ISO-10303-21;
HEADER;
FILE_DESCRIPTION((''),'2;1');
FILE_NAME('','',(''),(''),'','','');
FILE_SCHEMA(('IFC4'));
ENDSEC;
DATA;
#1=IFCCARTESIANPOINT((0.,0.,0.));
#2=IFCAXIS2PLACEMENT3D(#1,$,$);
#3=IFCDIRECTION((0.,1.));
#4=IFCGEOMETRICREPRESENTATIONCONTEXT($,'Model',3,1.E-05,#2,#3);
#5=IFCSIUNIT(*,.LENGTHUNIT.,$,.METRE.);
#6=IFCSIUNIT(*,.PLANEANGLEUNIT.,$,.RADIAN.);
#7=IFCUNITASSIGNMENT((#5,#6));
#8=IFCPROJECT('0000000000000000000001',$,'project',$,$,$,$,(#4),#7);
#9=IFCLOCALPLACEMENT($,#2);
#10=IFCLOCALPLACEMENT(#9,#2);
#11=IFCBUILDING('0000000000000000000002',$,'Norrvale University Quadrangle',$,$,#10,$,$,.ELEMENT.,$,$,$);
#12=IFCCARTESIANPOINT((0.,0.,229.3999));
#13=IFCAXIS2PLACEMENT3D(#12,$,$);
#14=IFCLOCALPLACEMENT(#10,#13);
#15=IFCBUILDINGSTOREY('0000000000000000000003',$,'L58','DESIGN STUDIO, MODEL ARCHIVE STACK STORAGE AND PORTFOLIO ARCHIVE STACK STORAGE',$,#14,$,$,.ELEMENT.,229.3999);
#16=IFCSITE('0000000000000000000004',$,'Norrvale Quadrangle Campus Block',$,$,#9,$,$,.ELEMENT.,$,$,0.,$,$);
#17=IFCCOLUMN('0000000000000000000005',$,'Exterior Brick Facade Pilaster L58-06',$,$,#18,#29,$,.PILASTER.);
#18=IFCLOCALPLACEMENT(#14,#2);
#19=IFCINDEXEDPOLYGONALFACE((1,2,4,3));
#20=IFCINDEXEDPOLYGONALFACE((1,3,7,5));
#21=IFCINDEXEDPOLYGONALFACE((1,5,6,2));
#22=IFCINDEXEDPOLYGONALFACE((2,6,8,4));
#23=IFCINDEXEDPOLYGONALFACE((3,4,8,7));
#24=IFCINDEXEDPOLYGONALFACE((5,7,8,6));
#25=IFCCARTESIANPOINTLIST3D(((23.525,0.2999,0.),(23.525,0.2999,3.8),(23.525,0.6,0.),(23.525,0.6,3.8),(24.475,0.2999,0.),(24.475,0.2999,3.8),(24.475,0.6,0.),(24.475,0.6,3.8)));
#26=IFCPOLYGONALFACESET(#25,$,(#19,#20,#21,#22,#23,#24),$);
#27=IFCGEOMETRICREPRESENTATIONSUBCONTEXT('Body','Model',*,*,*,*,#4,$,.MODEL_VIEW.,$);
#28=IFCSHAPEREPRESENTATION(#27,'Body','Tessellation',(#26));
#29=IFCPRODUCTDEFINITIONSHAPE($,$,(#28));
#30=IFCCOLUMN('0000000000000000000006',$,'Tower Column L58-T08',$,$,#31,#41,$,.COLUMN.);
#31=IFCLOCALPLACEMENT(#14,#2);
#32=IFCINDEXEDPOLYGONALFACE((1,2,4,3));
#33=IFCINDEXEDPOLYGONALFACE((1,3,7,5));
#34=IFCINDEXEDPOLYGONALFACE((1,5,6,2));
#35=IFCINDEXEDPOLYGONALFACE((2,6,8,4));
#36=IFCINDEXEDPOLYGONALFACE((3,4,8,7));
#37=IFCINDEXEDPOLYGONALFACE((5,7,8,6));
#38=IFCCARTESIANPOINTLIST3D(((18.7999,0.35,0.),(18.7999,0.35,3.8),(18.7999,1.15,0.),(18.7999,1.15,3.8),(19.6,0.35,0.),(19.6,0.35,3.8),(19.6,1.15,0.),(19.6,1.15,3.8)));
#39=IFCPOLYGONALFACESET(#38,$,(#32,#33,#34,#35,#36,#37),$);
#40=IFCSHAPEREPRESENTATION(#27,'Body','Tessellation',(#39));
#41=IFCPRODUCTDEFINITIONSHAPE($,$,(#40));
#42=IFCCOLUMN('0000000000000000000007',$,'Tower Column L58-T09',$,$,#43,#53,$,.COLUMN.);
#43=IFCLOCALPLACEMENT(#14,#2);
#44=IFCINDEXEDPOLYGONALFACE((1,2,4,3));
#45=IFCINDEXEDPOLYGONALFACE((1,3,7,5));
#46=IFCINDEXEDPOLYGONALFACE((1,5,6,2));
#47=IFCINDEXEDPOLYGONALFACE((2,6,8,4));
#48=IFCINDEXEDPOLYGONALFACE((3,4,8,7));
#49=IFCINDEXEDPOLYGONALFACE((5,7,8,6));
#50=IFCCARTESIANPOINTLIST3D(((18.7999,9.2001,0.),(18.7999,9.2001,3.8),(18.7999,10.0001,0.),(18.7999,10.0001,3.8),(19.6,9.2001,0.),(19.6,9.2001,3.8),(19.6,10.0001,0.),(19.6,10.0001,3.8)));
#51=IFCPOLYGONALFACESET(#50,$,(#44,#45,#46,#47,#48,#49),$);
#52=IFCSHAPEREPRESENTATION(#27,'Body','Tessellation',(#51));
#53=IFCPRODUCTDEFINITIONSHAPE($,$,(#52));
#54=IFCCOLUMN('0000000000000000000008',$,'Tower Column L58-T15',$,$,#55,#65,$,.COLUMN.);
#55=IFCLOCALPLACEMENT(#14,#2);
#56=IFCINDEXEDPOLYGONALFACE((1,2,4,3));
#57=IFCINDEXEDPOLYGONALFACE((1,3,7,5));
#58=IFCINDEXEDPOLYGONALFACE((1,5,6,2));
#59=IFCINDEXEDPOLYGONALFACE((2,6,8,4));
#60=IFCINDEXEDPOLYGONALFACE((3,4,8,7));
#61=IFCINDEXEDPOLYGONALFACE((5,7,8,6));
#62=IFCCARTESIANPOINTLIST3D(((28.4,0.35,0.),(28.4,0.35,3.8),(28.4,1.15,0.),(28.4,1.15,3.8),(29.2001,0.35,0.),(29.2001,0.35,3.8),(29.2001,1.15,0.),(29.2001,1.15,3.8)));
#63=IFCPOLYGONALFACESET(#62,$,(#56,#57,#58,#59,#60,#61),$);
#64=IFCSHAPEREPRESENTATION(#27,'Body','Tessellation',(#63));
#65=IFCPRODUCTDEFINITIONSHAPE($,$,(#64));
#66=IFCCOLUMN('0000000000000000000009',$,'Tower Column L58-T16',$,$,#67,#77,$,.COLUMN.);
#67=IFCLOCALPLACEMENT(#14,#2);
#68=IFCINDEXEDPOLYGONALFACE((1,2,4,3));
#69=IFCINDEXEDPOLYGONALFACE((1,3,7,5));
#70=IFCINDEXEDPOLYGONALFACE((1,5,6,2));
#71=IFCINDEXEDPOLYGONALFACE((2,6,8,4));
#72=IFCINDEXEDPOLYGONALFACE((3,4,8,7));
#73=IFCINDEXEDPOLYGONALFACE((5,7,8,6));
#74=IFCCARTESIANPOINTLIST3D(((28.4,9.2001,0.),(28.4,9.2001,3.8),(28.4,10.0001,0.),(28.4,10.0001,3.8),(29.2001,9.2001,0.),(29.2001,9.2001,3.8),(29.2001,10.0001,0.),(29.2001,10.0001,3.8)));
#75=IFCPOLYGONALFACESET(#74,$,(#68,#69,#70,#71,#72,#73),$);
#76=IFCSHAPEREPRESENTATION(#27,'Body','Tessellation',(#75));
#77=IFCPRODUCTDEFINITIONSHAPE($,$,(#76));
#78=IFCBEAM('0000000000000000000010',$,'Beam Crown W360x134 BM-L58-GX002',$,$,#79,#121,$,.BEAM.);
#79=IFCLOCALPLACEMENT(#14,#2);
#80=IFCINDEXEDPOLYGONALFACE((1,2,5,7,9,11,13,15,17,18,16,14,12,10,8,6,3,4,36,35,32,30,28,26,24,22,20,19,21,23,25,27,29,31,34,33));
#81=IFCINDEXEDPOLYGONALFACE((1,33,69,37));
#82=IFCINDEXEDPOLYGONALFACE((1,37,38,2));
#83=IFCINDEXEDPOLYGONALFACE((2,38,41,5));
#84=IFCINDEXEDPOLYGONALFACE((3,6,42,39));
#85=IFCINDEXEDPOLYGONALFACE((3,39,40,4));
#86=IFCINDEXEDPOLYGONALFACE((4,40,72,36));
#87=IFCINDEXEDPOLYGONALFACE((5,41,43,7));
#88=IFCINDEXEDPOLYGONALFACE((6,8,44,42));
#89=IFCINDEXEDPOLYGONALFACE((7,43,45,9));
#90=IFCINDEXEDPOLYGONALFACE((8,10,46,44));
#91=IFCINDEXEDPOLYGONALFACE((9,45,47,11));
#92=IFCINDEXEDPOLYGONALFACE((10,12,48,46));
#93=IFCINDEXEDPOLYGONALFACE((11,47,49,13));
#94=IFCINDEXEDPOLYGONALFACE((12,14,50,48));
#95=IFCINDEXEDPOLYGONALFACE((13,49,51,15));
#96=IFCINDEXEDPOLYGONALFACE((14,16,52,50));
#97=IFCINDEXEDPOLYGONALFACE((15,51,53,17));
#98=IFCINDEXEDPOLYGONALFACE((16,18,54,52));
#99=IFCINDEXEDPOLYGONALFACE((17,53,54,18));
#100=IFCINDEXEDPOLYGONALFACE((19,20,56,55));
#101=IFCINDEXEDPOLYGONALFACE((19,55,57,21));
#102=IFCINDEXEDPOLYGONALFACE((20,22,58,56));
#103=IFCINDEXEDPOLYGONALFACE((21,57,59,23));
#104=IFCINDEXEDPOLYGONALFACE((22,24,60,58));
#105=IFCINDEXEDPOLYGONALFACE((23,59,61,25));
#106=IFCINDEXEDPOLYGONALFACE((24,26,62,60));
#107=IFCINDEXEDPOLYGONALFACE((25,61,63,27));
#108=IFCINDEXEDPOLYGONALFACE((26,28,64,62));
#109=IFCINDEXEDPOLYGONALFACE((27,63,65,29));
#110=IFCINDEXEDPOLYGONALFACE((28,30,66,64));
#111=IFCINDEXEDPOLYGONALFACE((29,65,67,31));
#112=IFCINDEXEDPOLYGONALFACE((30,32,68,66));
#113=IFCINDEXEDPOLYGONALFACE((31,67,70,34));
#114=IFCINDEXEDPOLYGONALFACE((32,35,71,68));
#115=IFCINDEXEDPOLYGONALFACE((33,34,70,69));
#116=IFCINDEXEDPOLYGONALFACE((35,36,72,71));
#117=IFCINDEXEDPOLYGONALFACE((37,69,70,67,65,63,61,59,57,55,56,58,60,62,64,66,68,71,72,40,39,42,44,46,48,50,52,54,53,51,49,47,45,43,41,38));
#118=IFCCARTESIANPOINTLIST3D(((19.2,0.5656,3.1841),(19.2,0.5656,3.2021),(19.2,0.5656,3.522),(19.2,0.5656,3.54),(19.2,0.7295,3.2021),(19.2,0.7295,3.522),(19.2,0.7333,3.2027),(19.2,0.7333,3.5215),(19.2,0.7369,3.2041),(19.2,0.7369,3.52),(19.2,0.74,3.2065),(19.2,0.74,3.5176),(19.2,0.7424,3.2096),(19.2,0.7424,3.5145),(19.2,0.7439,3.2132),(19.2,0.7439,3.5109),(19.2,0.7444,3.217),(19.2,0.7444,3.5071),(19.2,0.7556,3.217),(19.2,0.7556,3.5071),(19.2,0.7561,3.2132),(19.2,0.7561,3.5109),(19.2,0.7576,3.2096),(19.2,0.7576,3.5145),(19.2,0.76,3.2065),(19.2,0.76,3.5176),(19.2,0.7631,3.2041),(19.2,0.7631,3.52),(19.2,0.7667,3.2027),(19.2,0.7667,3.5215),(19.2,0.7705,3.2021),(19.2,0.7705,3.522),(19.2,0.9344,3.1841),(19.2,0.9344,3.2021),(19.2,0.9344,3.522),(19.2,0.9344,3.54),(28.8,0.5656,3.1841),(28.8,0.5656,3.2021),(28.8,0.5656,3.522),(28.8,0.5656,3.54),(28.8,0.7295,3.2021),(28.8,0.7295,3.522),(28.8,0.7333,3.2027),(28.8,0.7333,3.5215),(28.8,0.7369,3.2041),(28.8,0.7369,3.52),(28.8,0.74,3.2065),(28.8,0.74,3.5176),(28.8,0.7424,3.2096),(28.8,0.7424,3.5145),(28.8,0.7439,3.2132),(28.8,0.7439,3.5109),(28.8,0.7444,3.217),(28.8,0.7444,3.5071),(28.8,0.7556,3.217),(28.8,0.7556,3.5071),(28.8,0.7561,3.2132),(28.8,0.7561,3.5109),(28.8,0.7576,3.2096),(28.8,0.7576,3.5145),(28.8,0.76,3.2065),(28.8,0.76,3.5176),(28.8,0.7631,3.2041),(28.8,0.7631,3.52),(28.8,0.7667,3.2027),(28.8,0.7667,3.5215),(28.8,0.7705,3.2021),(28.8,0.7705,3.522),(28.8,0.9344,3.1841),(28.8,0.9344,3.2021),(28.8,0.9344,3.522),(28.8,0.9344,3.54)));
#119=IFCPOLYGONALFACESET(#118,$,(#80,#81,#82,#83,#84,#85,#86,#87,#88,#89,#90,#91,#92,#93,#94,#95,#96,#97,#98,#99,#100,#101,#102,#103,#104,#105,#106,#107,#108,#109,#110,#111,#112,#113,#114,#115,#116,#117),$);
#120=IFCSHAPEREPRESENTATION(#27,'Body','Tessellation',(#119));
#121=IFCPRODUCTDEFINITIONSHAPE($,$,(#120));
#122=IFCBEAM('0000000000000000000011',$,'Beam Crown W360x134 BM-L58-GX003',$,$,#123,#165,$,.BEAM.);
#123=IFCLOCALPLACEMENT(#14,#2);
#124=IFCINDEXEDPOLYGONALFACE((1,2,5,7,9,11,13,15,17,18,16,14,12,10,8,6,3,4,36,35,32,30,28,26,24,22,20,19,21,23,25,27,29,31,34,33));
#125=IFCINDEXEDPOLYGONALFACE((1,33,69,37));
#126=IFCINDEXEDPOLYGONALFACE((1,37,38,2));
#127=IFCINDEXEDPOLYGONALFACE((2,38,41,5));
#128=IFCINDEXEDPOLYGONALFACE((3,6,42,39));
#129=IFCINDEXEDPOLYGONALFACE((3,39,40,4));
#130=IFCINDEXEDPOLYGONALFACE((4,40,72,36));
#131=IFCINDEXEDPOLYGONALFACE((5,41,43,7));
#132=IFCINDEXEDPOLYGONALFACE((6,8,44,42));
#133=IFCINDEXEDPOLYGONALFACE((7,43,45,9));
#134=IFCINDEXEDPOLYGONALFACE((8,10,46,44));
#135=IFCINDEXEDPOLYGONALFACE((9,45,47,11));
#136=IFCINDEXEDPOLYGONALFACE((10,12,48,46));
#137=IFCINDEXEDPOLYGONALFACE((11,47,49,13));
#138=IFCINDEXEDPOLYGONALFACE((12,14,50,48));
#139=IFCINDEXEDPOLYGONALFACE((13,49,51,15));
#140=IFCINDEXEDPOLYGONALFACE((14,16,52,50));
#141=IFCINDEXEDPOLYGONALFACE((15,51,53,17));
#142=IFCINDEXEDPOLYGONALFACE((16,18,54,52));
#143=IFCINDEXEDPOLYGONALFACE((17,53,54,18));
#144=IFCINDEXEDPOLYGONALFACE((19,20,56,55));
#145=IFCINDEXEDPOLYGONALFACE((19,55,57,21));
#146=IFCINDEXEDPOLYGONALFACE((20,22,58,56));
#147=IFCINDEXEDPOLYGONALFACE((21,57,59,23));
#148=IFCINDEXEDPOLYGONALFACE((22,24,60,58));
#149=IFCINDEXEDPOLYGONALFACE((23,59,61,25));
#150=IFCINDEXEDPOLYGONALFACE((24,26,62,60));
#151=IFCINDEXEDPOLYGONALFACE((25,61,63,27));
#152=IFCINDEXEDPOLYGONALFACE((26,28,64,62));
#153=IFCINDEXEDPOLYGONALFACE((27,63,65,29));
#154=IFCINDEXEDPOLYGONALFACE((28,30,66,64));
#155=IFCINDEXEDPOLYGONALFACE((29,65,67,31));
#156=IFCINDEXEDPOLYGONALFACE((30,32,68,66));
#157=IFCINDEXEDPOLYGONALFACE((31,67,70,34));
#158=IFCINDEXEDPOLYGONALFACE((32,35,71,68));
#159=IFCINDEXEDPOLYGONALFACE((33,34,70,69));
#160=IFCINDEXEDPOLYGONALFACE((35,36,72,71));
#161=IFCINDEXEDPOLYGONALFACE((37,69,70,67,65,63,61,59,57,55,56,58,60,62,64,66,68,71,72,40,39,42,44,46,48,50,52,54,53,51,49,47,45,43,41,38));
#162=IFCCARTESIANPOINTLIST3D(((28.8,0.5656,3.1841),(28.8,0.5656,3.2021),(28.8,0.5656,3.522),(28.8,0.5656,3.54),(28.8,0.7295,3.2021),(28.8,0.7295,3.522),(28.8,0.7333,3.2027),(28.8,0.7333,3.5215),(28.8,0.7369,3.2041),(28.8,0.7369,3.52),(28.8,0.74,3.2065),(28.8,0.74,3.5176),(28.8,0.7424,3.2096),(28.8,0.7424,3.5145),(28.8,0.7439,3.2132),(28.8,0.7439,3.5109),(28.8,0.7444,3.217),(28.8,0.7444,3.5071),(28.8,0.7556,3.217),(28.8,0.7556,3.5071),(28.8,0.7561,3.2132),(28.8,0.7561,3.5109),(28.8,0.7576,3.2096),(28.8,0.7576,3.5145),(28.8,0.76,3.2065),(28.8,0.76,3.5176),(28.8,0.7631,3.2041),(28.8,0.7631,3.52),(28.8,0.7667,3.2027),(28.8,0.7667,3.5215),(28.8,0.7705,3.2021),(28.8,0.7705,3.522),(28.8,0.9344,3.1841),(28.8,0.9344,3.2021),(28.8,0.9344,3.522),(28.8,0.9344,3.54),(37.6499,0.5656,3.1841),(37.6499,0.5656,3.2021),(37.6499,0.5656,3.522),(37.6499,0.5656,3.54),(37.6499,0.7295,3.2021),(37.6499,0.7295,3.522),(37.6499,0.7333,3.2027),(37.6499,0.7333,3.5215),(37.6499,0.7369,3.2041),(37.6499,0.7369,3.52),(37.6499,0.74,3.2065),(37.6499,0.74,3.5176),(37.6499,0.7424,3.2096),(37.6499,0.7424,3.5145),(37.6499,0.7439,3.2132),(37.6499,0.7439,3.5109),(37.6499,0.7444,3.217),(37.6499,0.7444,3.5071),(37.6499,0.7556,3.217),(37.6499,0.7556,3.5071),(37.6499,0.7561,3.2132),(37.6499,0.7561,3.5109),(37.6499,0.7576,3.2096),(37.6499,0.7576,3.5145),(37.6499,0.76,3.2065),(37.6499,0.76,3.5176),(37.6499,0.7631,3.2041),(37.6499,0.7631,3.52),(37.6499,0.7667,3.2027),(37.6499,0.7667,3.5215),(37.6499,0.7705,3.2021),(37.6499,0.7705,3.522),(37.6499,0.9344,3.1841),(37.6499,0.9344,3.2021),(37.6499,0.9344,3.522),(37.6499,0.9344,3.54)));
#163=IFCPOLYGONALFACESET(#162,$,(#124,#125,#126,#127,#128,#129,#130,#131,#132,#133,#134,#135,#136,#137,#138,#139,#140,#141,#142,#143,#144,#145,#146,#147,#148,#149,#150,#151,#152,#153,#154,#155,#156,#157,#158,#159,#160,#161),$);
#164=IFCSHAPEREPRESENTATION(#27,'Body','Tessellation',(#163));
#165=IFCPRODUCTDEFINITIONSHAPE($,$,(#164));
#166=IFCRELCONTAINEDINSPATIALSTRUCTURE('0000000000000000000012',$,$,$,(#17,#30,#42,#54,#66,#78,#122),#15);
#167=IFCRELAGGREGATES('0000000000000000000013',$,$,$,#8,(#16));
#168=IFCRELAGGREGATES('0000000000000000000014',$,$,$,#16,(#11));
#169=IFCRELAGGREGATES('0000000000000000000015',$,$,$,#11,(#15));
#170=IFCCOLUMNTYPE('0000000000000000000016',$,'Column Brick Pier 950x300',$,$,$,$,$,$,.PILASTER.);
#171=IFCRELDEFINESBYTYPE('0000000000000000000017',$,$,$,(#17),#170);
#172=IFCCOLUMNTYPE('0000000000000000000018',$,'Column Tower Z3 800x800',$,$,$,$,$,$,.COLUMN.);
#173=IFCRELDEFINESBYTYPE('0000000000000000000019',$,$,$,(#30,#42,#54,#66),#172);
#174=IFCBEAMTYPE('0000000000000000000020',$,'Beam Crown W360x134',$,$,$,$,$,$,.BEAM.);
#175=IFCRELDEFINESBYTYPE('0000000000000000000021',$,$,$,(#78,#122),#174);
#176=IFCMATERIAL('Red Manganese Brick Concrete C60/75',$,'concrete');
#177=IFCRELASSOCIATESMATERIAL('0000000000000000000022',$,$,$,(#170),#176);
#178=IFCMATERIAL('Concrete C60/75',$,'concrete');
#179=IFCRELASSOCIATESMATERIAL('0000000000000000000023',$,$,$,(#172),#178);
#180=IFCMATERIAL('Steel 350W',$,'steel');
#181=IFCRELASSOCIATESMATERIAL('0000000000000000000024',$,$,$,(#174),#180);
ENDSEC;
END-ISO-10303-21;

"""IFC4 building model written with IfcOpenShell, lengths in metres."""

from ifc_helpers import new_model, si_unit, direction, frame, origin, origin_2d, place, context, subcontext, project, spatial, rectangle, i_section, extrude, material, material_profile, profile_set, type_object, element, save


model = new_model("IFC4")

# Units and contexts
model_context = context("Model", 3, precision=1e-05, world=origin(), true_north=direction((0.0, 1.0)))
body_context = subcontext(model_context, "Body", "Model", "MODEL_VIEW")
ifc_project = project(units=[si_unit("LENGTHUNIT", "METRE"), si_unit("PLANEANGLEUNIT", "RADIAN")], contexts=[model_context])

# Site, building, storey
site_placement = place(None, origin())
site = spatial("IfcSite", under=ifc_project, at=site_placement, Name="Norrvale Quadrangle Campus Block", CompositionType="ELEMENT", RefElevation=0.0)
building_placement = place(site_placement, origin())
building = spatial("IfcBuilding", under=site, at=building_placement, Name="Norrvale University Quadrangle", CompositionType="ELEMENT")
storey_placement = place(building_placement, frame((0.0, 0.0, 229.3999)))
storey = spatial("IfcBuildingStorey", under=building, at=storey_placement, Name="L58", Description="DESIGN STUDIO, MODEL ARCHIVE STACK STORAGE AND PORTFOLIO ARCHIVE STACK STORAGE", CompositionType="ELEMENT", Elevation=229.3999)

# Columns
ifc_material_1 = material(Name="Red Manganese Brick Concrete C60/75", Category="concrete")
ifc_material_profile_1 = material_profile(ifc_material_1, rectangle(XDim=0.95, YDim=0.3, at=origin_2d()), Name="Red Manganese Brick Concrete C60/75")
ifc_profile_set_1 = profile_set([ifc_material_profile_1], Name="Red Manganese Brick Concrete C60/75")
column_type_1 = type_object("IfcColumnType", Name="Column Brick Pier 950x300", PredefinedType="PILASTER", material=ifc_profile_set_1)
column_placement = place(storey_placement, frame((24.0, 0.45, 0.0), z_axis=(0.0, 0.0, 1.0), x_axis=(1.0, 0.0, 0.0)))
element("IfcColumn", 1, at=column_placement, inside=storey, type_object=column_type_1, Name="Exterior Brick Facade Pilaster L58-06", PredefinedType="PILASTER", context=body_context, shape_type="SweptSolid", body=[
    extrude(rectangle(XDim=0.95, YDim=0.3, at=origin_2d()), origin(), (0.0, 0.0, 1.0), 3.8),
])
ifc_material_2 = material(Name="Concrete C60/75", Category="concrete")
ifc_material_profile_2 = material_profile(ifc_material_2, rectangle(XDim=0.8, YDim=0.8, at=origin_2d()), Name="Concrete C60/75")
ifc_profile_set_2 = profile_set([ifc_material_profile_2], Name="Concrete C60/75")
column_type_2 = type_object("IfcColumnType", Name="Column Tower Z3 800x800", PredefinedType="COLUMN", material=ifc_profile_set_2)
for number, where, z_axis, x_axis, name in (
    (2, (19.2, 0.75, 0.0), (0.0, 0.0, 1.0), (1.0, 0.0, 0.0), "Tower Column L58-T08"),
    (3, (19.2, 9.6001, 0.0), (0.0, 0.0, 1.0), (1.0, 0.0, 0.0), "Tower Column L58-T09"),
    (4, (28.8, 0.75, 0.0), (0.0, 0.0, 1.0), (1.0, 0.0, 0.0), "Tower Column L58-T15"),
    (5, (28.8, 9.6001, 0.0), (0.0, 0.0, 1.0), (1.0, 0.0, 0.0), "Tower Column L58-T16"),
):
    element("IfcColumn", number, at=place(storey_placement, frame(where, z_axis=z_axis, x_axis=x_axis)), inside=storey, type_object=column_type_2, Name=name, PredefinedType="COLUMN", context=body_context, shape_type="SweptSolid", body=[
        extrude(rectangle(XDim=0.8, YDim=0.8, at=origin_2d()), origin(), (0.0, 0.0, 1.0), 3.8),
    ])

# Beams
ifc_material_3 = material(Name="Steel 350W", Category="steel")
ifc_material_profile_3 = material_profile(ifc_material_3, i_section(OverallWidth=0.3689, OverallDepth=0.356, WebThickness=0.0112, FlangeThickness=0.0181, FilletRadius=0.0149, at=origin_2d()), Name="Steel 350W")
ifc_profile_set_3 = profile_set([ifc_material_profile_3], Name="Steel 350W")
beam_type_1 = type_object("IfcBeamType", Name="Beam Crown W360x134", PredefinedType="BEAM", material=ifc_profile_set_3)
beam_1_placement = place(storey_placement, frame((19.2, 0.75, 3.3621), z_axis=(1.0, 0.0, 0.0), x_axis=(0.0, 1.0, 0.0)))
element("IfcBeam", 6, at=beam_1_placement, inside=storey, type_object=beam_type_1, Name="Beam Crown W360x134 BM-L58-GX002", PredefinedType="BEAM", context=body_context, shape_type="SweptSolid", body=[
    extrude(i_section(OverallWidth=0.3689, OverallDepth=0.356, WebThickness=0.0112, FlangeThickness=0.0181, FilletRadius=0.0149, at=origin_2d()), origin(), (0.0, 0.0, 1.0), 9.6001),
])
beam_2_placement = place(storey_placement, frame((28.8, 0.75, 3.3621), z_axis=(1.0, 0.0, 0.0), x_axis=(0.0, 1.0, 0.0)))
element("IfcBeam", 7, at=beam_2_placement, inside=storey, type_object=beam_type_1, Name="Beam Crown W360x134 BM-L58-GX003", PredefinedType="BEAM", context=body_context, shape_type="SweptSolid", body=[
    extrude(i_section(OverallWidth=0.3689, OverallDepth=0.356, WebThickness=0.0112, FlangeThickness=0.0181, FilletRadius=0.0149, at=origin_2d()), origin(), (0.0, 0.0, 1.0), 8.8499),
])

save(model, "model.ifc")
